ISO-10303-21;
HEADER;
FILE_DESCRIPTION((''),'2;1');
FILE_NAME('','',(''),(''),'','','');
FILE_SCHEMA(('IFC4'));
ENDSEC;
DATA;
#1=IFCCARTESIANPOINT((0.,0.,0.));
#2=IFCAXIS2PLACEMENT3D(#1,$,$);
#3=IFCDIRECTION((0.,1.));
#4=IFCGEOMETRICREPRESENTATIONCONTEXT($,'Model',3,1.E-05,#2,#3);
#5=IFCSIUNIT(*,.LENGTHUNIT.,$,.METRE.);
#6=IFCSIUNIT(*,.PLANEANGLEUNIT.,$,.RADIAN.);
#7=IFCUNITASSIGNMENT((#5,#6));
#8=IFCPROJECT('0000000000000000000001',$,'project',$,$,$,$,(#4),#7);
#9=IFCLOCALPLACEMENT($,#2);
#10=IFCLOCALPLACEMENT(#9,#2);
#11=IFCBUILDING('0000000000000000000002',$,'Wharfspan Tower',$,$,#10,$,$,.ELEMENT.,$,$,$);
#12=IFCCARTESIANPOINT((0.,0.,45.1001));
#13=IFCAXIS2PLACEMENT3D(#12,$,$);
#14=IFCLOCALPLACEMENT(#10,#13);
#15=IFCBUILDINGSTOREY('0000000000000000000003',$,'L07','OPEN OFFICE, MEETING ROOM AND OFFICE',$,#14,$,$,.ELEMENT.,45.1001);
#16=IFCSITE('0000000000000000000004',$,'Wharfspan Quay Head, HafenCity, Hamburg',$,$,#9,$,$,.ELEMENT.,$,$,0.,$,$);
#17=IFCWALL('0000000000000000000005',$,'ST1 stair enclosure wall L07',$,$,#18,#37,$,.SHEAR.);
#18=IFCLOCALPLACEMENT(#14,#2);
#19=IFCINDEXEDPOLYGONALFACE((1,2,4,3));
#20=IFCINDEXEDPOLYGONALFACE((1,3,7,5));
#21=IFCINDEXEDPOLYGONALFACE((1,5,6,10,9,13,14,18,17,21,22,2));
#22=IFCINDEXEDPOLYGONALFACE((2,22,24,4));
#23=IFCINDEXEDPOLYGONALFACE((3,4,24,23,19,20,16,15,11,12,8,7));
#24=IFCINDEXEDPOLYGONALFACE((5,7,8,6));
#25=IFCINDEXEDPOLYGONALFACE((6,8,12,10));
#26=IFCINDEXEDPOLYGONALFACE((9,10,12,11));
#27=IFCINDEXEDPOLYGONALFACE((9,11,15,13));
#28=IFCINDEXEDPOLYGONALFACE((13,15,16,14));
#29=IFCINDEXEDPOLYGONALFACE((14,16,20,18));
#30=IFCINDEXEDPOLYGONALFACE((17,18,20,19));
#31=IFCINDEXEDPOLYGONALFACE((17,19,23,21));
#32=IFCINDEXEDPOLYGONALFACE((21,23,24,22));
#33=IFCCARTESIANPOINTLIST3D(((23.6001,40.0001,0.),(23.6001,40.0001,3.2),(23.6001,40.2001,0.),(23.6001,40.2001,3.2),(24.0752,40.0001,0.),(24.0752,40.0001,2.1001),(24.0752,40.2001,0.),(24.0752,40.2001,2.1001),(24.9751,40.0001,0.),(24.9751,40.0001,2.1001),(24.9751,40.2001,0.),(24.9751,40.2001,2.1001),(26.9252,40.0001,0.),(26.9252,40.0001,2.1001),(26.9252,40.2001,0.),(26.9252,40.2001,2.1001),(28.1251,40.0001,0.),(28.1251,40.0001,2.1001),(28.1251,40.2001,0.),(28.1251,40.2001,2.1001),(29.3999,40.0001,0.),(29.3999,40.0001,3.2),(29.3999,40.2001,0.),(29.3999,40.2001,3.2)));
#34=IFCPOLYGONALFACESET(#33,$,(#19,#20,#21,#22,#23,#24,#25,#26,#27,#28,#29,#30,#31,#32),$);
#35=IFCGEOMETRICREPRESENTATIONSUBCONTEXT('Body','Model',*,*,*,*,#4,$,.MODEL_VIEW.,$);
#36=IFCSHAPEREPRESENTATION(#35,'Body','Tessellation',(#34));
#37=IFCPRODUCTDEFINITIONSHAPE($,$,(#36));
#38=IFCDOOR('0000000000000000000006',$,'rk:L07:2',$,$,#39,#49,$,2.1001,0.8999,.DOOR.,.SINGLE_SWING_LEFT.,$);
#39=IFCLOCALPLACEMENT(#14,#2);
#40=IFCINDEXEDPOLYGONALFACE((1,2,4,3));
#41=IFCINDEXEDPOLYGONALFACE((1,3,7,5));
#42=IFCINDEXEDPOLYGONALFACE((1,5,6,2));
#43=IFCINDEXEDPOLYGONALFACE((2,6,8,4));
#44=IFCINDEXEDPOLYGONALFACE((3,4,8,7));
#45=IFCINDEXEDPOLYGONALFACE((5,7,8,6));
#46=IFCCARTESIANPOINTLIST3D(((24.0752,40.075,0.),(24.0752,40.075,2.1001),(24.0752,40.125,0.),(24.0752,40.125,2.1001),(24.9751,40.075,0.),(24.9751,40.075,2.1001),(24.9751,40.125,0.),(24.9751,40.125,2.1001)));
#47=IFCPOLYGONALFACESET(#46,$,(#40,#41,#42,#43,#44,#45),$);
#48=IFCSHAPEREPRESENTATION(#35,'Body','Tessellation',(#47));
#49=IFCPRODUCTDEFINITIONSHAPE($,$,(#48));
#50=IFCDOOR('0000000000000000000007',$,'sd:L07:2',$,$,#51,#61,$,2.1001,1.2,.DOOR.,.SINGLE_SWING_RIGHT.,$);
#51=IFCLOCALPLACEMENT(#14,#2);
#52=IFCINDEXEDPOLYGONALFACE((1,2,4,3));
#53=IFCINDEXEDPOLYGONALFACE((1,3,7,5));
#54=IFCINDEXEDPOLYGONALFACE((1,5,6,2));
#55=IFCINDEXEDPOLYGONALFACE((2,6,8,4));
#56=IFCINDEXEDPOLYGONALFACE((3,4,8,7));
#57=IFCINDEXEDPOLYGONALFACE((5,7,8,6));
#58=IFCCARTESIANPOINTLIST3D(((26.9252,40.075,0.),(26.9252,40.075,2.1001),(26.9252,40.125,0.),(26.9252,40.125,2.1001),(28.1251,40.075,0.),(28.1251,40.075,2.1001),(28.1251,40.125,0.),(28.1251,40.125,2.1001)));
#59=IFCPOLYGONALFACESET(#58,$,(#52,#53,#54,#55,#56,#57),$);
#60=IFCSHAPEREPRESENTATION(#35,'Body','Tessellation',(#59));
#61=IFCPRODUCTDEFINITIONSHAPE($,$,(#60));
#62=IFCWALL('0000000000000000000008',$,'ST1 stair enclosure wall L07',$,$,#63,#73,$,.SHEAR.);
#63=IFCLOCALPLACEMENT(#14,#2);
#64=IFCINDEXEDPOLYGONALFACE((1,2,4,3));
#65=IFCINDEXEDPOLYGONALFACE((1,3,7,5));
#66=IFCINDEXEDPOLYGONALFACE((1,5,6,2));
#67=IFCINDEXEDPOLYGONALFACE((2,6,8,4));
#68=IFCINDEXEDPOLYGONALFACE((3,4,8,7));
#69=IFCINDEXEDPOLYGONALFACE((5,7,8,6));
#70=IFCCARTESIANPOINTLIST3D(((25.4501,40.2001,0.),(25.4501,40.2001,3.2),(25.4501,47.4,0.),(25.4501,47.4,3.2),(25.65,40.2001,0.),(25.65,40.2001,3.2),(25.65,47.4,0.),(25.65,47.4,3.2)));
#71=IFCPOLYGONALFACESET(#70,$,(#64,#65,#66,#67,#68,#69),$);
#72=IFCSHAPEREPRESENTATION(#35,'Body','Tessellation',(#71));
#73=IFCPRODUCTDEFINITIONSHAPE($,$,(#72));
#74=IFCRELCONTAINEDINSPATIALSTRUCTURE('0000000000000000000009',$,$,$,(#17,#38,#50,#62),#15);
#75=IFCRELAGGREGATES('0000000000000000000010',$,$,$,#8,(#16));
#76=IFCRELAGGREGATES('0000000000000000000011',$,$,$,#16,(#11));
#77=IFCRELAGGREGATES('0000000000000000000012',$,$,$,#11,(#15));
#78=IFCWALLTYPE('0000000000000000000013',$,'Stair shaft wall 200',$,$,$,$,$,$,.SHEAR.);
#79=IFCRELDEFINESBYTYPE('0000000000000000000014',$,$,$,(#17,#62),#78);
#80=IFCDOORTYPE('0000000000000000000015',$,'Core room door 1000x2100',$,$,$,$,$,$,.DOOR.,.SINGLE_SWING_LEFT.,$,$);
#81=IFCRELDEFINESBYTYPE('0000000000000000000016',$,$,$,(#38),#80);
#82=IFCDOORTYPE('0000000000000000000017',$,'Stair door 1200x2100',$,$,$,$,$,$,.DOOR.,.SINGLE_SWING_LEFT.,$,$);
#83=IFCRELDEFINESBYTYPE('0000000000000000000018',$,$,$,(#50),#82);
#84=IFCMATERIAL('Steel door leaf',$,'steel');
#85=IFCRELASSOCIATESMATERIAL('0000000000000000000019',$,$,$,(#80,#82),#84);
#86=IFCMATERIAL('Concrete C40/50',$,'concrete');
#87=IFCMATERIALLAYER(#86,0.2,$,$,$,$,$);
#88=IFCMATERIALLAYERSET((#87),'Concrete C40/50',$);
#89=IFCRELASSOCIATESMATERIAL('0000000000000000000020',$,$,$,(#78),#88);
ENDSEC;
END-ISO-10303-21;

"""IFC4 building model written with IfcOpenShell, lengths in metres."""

from ifc_helpers import new_model, si_unit, direction, frame, frame_2d, origin, place, context, subcontext, project, spatial, rectangle, extrude, material, layer, layer_set, type_object, element, fill, save


model = new_model("IFC4")

# Units and contexts
model_context = context("Model", 3, precision=1e-05, world=origin(), true_north=direction((0.0, 1.0)))
body_context = subcontext(model_context, "Body", "Model", "MODEL_VIEW")
ifc_project = project(units=[si_unit("LENGTHUNIT", "METRE"), si_unit("PLANEANGLEUNIT", "RADIAN")], contexts=[model_context])

# Site, building, storey
site_placement = place(None, origin())
site = spatial("IfcSite", under=ifc_project, at=site_placement, Name="Wharfspan Quay Head, HafenCity, Hamburg", CompositionType="ELEMENT", RefElevation=0.0)
building_placement = place(site_placement, origin())
building = spatial("IfcBuilding", under=site, at=building_placement, Name="Wharfspan Tower", CompositionType="ELEMENT")
storey_placement = place(building_placement, frame((0.0, 0.0, 45.1001)))
storey = spatial("IfcBuildingStorey", under=building, at=storey_placement, Name="L07", Description="OPEN OFFICE, MEETING ROOM AND OFFICE", CompositionType="ELEMENT", Elevation=45.1001)

# Shared definitions
ifc_material_1 = material(Name="Steel door leaf", Category="steel")
door_type_1 = type_object("IfcDoorType", Name="Core room door 1000x2100", OperationType="SINGLE_SWING_LEFT", PredefinedType="DOOR", material=ifc_material_1)

# Wall, openings, doors
ifc_material_2 = material(Name="Concrete C40/50", Category="concrete")
ifc_layer_1 = layer(ifc_material_2, 0.2)
ifc_layer_set_1 = layer_set([ifc_layer_1], Name="Concrete C40/50")
wall_type_1 = type_object("IfcWallType", Name="Stair shaft wall 200", PredefinedType="SHEAR", material=ifc_layer_set_1)
wall_1_placement = place(storey_placement, frame((23.6001, 40.1001, 0.0), z_axis=(0.0, 0.0, 1.0), x_axis=(1.0, 0.0, 0.0)))
wall_1 = element("IfcWall", 1, at=wall_1_placement, inside=storey, type_object=wall_type_1, Name="ST1 stair enclosure wall L07", PredefinedType="SHEAR", context=body_context, shape_type="SweptSolid", body=[
    extrude(rectangle(XDim=5.7998, YDim=0.2, at=frame_2d((2.8999, 0.0))), origin(), (0.0, 0.0, 1.0), 3.2),
])
opening_1_placement = place(wall_1_placement, frame((3.325, 0.0, 0.0)))
opening_1 = element("IfcOpeningElement", 2, at=opening_1_placement, cuts=wall_1, PredefinedType="OPENING", context=body_context, shape_type="SweptSolid", body=[
    extrude(rectangle(XDim=1.2, YDim=2.1001, at=frame_2d((0.6001, 1.05))), frame((0.0, 0.1099, 0.0), z_axis=(0.0, -1.0, 0.0), x_axis=(1.0, 0.0, 0.0)), (0.0, 0.0, 1.0), 0.22),
])
opening_2_placement = place(wall_1_placement, frame((0.4751, 0.0, 0.0)))
opening_2 = element("IfcOpeningElement", 3, at=opening_2_placement, cuts=wall_1, PredefinedType="OPENING", context=body_context, shape_type="SweptSolid", body=[
    extrude(rectangle(XDim=0.8999, YDim=2.1001, at=frame_2d((0.45, 1.05))), frame((0.0, 0.1099, 0.0), z_axis=(0.0, -1.0, 0.0), x_axis=(1.0, 0.0, 0.0)), (0.0, 0.0, 1.0), 0.22),
])
door_1_placement = place(opening_2_placement, origin())
door_1 = element("IfcDoor", 4, at=door_1_placement, inside=storey, type_object=door_type_1, Name="rk:L07:2", OperationType="SINGLE_SWING_LEFT", OverallHeight=2.1001, OverallWidth=0.8999, PredefinedType="DOOR", context=body_context, shape_type="SweptSolid", body=[
    extrude(rectangle(XDim=0.8999, YDim=2.1001, at=frame_2d((0.45, 1.05))), frame((0.0, 0.0249, 0.0), z_axis=(0.0, -1.0, 0.0), x_axis=(1.0, 0.0, 0.0)), (0.0, 0.0, 1.0), 0.05),
])
fill(opening_2, door_1)
door_type_2 = type_object("IfcDoorType", Name="Stair door 1200x2100", OperationType="SINGLE_SWING_LEFT", PredefinedType="DOOR", material=ifc_material_1)
door_2_placement = place(opening_1_placement, origin())
door_2 = element("IfcDoor", 5, at=door_2_placement, inside=storey, type_object=door_type_2, Name="sd:L07:2", OperationType="SINGLE_SWING_RIGHT", OverallHeight=2.1001, OverallWidth=1.2, PredefinedType="DOOR", context=body_context, shape_type="SweptSolid", body=[
    extrude(rectangle(XDim=1.2, YDim=2.1001, at=frame_2d((0.6001, 1.05))), frame((0.0, 0.0249, 0.0), z_axis=(0.0, -1.0, 0.0), x_axis=(1.0, 0.0, 0.0)), (0.0, 0.0, 1.0), 0.05),
])
fill(opening_1, door_2)

# Wall
wall_2_placement = place(storey_placement, frame((25.55, 40.2, 0.0), z_axis=(0.0, 0.0, 1.0), x_axis=(0.0, 1.0, 0.0)))
element("IfcWall", 6, at=wall_2_placement, inside=storey, type_object=wall_type_1, Name="ST1 stair enclosure wall L07", PredefinedType="SHEAR", context=body_context, shape_type="SweptSolid", body=[
    extrude(rectangle(XDim=7.2, YDim=0.2, at=frame_2d((3.6001, 0.0))), origin(), (0.0, 0.0, 1.0), 3.2),
])

save(model, "model.ifc")
